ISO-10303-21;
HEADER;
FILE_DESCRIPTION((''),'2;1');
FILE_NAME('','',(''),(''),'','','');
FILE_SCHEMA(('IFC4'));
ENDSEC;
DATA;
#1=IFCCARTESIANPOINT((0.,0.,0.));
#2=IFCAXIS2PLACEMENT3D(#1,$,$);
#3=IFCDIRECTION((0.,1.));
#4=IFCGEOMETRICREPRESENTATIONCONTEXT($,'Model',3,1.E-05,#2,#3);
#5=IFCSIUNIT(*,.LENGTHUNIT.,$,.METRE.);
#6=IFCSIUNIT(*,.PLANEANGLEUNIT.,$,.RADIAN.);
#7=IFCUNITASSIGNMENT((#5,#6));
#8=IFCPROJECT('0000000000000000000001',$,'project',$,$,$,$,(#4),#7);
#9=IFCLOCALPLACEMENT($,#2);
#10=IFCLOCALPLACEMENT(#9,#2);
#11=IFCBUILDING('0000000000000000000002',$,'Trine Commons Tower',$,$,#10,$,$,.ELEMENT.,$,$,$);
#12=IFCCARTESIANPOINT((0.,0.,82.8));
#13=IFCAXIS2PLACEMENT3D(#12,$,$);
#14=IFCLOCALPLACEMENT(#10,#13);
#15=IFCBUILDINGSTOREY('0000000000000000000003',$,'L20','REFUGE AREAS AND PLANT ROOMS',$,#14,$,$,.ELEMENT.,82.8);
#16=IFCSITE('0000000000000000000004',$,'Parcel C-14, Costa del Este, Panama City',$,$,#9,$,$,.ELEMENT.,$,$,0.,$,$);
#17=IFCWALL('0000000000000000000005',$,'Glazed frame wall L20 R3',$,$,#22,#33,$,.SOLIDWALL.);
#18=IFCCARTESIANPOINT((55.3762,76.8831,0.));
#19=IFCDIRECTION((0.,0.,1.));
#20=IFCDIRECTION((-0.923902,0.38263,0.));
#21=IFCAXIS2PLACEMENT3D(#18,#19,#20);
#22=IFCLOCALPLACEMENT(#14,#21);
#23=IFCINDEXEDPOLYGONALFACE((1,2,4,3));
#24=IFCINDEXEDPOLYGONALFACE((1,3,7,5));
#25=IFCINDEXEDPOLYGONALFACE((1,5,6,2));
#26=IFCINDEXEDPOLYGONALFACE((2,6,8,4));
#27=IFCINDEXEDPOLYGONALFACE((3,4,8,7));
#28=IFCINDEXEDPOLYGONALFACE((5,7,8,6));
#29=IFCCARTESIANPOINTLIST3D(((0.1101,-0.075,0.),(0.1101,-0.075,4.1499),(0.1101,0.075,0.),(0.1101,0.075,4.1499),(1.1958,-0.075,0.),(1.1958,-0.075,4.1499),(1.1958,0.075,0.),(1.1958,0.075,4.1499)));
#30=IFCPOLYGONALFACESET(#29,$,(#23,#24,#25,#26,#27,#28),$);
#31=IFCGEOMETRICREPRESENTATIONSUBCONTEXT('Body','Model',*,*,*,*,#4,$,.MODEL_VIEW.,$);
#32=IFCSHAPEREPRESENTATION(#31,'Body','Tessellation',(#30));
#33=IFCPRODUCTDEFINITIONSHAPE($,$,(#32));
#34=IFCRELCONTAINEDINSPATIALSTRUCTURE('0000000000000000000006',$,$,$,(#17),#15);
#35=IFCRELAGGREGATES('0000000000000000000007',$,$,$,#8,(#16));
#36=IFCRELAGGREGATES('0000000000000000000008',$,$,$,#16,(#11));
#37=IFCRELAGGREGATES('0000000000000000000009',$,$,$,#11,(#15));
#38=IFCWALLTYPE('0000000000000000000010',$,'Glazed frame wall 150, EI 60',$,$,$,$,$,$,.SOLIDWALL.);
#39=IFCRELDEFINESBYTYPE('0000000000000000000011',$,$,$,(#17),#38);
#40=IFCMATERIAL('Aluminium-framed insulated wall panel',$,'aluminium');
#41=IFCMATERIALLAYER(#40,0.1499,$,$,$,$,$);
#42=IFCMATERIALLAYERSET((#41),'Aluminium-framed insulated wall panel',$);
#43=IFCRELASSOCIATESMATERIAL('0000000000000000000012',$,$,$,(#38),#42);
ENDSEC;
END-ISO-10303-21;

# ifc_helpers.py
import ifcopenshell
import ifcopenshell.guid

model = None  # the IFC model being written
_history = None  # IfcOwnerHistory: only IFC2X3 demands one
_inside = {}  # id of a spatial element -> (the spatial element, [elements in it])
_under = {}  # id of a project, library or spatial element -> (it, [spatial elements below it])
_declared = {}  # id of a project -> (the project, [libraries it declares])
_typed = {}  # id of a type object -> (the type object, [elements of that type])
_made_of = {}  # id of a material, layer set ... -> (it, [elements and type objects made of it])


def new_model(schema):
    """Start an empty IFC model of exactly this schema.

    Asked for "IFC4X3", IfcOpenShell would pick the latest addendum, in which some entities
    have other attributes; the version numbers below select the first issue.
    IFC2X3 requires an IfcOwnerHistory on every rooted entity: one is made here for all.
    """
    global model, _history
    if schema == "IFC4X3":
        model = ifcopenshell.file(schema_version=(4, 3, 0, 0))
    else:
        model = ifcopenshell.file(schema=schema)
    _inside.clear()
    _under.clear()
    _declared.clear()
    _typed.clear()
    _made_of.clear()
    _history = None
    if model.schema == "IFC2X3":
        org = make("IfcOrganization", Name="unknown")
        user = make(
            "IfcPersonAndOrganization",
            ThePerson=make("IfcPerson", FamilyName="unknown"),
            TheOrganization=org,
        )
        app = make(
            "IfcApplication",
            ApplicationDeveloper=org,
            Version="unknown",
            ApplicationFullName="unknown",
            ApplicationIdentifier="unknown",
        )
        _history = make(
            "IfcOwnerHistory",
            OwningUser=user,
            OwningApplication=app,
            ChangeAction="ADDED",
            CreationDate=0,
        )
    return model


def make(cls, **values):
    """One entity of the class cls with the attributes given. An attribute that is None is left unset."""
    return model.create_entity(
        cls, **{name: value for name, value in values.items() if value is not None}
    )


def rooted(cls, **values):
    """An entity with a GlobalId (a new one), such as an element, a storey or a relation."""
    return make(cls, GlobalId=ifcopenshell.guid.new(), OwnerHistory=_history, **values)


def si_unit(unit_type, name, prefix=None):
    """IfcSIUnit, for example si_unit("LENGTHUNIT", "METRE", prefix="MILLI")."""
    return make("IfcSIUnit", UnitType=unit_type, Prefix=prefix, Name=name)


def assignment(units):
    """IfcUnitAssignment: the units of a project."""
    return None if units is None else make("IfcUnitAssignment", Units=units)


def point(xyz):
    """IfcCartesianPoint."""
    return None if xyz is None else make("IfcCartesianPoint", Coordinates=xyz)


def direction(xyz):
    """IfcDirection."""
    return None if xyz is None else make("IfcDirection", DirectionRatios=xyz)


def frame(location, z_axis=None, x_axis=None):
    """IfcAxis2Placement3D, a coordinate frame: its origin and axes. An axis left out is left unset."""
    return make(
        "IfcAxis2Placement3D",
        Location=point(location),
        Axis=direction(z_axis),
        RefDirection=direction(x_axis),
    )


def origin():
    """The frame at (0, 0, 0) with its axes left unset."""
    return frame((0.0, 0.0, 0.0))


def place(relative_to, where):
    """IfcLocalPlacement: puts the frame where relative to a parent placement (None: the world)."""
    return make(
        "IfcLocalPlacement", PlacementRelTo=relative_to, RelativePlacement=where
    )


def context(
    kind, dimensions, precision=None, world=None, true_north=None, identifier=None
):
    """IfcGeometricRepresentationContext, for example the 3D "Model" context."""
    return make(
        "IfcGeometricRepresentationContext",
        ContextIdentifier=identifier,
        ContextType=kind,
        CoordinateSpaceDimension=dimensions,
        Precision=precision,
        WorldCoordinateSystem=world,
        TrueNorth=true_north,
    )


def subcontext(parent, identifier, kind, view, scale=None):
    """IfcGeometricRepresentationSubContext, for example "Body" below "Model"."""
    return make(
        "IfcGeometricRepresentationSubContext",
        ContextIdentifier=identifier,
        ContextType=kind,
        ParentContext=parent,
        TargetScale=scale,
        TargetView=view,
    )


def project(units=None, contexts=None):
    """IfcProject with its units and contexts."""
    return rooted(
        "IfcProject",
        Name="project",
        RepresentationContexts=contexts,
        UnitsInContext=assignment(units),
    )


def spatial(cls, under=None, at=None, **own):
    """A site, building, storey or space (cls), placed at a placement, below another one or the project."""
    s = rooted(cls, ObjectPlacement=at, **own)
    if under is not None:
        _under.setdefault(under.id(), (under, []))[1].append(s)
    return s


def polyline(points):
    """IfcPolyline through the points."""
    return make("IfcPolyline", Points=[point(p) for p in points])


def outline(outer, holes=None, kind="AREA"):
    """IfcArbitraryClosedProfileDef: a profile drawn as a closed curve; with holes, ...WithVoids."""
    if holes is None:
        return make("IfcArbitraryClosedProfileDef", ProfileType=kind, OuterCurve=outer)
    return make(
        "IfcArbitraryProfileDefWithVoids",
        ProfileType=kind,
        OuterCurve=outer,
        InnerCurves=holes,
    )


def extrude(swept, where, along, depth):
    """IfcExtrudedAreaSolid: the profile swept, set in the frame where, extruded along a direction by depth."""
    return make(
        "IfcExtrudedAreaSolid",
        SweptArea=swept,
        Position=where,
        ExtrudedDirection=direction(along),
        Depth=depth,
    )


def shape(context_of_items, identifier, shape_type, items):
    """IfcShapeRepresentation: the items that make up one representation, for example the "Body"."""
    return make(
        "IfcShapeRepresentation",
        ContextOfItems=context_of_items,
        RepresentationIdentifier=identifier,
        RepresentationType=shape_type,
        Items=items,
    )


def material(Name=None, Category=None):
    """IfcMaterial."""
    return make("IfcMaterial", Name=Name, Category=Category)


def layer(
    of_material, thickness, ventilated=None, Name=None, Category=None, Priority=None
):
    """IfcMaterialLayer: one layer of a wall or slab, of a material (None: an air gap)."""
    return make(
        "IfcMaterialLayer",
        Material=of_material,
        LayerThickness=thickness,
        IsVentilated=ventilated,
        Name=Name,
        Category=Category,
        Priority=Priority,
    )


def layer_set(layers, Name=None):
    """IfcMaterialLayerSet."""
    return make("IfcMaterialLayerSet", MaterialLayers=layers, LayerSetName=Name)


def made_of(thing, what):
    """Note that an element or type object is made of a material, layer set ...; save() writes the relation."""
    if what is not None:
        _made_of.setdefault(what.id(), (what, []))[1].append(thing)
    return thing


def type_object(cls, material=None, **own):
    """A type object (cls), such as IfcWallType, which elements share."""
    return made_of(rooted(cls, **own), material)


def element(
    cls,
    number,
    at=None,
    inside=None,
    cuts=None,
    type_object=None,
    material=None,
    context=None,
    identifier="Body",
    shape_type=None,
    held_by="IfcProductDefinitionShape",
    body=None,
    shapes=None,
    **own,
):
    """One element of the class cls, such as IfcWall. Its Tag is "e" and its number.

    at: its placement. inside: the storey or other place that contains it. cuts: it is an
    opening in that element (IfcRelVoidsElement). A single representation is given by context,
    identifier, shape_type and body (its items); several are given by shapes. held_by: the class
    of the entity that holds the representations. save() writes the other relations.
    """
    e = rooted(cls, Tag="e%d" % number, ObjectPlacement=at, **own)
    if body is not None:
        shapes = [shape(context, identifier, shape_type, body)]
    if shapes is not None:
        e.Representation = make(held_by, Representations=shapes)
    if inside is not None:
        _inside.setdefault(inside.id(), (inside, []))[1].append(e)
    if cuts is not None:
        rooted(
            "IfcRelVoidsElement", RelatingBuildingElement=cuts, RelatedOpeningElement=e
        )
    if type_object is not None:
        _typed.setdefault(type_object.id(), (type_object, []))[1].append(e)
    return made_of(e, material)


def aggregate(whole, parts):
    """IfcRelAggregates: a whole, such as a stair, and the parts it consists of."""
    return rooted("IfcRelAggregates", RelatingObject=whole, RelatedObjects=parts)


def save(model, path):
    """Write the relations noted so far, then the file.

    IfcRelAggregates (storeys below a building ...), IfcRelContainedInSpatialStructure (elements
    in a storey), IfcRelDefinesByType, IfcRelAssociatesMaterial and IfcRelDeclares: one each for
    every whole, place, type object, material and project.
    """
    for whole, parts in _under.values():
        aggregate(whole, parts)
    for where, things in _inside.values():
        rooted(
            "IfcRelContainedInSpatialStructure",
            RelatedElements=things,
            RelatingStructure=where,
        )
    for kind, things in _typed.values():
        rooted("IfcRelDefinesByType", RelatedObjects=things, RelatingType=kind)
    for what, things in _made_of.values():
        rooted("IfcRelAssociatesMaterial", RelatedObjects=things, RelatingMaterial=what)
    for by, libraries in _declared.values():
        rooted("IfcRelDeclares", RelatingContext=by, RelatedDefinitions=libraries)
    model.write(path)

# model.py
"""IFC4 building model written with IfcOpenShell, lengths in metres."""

from ifc_helpers import new_model, si_unit, direction, frame, origin, place, context, subcontext, project, spatial, polyline, outline, extrude, material, layer, layer_set, type_object, element, save


model = new_model("IFC4")

# Units and contexts
model_context = context("Model", 3, precision=1e-05, world=origin(), true_north=direction((0.0, 1.0)))
body_context = subcontext(model_context, "Body", "Model", "MODEL_VIEW")
ifc_project = project(units=[si_unit("LENGTHUNIT", "METRE"), si_unit("PLANEANGLEUNIT", "RADIAN")], contexts=[model_context])

# Site, building, storey
site_placement = place(None, origin())
site = spatial("IfcSite", under=ifc_project, at=site_placement, Name="Parcel C-14, Costa del Este, Panama City", CompositionType="ELEMENT", RefElevation=0.0)
building_placement = place(site_placement, origin())
building = spatial("IfcBuilding", under=site, at=building_placement, Name="Trine Commons Tower", CompositionType="ELEMENT")
storey_placement = place(building_placement, frame((0.0, 0.0, 82.8)))
storey = spatial("IfcBuildingStorey", under=building, at=storey_placement, Name="L20", Description="REFUGE AREAS AND PLANT ROOMS", CompositionType="ELEMENT", Elevation=82.8)

# Wall
ifc_material_1 = material(Name="Aluminium-framed insulated wall panel", Category="aluminium")
ifc_layer_1 = layer(ifc_material_1, 0.1499)
ifc_layer_set_1 = layer_set([ifc_layer_1], Name="Aluminium-framed insulated wall panel")
wall_type_1 = type_object("IfcWallType", Name="Glazed frame wall 150, EI 60", PredefinedType="SOLIDWALL", material=ifc_layer_set_1)
wall_1_placement = place(storey_placement, frame((55.3762, 76.8831, 0.0), z_axis=(0.0, 0.0, 1.0), x_axis=(-0.923902, 0.38263, 0.0)))
element("IfcWall", 1, at=wall_1_placement, inside=storey, type_object=wall_type_1, Name="Glazed frame wall L20 R3", PredefinedType="SOLIDWALL", context=body_context, shape_type="SweptSolid", body=[
    extrude(outline(polyline([(0.1101, 0.075), (0.1101, -0.075), (1.1958, -0.075), (1.1958, 0.075), (0.1101, 0.075)])), origin(), (0.0, 0.0, 1.0), 4.1499),
])

save(model, "model.ifc")
